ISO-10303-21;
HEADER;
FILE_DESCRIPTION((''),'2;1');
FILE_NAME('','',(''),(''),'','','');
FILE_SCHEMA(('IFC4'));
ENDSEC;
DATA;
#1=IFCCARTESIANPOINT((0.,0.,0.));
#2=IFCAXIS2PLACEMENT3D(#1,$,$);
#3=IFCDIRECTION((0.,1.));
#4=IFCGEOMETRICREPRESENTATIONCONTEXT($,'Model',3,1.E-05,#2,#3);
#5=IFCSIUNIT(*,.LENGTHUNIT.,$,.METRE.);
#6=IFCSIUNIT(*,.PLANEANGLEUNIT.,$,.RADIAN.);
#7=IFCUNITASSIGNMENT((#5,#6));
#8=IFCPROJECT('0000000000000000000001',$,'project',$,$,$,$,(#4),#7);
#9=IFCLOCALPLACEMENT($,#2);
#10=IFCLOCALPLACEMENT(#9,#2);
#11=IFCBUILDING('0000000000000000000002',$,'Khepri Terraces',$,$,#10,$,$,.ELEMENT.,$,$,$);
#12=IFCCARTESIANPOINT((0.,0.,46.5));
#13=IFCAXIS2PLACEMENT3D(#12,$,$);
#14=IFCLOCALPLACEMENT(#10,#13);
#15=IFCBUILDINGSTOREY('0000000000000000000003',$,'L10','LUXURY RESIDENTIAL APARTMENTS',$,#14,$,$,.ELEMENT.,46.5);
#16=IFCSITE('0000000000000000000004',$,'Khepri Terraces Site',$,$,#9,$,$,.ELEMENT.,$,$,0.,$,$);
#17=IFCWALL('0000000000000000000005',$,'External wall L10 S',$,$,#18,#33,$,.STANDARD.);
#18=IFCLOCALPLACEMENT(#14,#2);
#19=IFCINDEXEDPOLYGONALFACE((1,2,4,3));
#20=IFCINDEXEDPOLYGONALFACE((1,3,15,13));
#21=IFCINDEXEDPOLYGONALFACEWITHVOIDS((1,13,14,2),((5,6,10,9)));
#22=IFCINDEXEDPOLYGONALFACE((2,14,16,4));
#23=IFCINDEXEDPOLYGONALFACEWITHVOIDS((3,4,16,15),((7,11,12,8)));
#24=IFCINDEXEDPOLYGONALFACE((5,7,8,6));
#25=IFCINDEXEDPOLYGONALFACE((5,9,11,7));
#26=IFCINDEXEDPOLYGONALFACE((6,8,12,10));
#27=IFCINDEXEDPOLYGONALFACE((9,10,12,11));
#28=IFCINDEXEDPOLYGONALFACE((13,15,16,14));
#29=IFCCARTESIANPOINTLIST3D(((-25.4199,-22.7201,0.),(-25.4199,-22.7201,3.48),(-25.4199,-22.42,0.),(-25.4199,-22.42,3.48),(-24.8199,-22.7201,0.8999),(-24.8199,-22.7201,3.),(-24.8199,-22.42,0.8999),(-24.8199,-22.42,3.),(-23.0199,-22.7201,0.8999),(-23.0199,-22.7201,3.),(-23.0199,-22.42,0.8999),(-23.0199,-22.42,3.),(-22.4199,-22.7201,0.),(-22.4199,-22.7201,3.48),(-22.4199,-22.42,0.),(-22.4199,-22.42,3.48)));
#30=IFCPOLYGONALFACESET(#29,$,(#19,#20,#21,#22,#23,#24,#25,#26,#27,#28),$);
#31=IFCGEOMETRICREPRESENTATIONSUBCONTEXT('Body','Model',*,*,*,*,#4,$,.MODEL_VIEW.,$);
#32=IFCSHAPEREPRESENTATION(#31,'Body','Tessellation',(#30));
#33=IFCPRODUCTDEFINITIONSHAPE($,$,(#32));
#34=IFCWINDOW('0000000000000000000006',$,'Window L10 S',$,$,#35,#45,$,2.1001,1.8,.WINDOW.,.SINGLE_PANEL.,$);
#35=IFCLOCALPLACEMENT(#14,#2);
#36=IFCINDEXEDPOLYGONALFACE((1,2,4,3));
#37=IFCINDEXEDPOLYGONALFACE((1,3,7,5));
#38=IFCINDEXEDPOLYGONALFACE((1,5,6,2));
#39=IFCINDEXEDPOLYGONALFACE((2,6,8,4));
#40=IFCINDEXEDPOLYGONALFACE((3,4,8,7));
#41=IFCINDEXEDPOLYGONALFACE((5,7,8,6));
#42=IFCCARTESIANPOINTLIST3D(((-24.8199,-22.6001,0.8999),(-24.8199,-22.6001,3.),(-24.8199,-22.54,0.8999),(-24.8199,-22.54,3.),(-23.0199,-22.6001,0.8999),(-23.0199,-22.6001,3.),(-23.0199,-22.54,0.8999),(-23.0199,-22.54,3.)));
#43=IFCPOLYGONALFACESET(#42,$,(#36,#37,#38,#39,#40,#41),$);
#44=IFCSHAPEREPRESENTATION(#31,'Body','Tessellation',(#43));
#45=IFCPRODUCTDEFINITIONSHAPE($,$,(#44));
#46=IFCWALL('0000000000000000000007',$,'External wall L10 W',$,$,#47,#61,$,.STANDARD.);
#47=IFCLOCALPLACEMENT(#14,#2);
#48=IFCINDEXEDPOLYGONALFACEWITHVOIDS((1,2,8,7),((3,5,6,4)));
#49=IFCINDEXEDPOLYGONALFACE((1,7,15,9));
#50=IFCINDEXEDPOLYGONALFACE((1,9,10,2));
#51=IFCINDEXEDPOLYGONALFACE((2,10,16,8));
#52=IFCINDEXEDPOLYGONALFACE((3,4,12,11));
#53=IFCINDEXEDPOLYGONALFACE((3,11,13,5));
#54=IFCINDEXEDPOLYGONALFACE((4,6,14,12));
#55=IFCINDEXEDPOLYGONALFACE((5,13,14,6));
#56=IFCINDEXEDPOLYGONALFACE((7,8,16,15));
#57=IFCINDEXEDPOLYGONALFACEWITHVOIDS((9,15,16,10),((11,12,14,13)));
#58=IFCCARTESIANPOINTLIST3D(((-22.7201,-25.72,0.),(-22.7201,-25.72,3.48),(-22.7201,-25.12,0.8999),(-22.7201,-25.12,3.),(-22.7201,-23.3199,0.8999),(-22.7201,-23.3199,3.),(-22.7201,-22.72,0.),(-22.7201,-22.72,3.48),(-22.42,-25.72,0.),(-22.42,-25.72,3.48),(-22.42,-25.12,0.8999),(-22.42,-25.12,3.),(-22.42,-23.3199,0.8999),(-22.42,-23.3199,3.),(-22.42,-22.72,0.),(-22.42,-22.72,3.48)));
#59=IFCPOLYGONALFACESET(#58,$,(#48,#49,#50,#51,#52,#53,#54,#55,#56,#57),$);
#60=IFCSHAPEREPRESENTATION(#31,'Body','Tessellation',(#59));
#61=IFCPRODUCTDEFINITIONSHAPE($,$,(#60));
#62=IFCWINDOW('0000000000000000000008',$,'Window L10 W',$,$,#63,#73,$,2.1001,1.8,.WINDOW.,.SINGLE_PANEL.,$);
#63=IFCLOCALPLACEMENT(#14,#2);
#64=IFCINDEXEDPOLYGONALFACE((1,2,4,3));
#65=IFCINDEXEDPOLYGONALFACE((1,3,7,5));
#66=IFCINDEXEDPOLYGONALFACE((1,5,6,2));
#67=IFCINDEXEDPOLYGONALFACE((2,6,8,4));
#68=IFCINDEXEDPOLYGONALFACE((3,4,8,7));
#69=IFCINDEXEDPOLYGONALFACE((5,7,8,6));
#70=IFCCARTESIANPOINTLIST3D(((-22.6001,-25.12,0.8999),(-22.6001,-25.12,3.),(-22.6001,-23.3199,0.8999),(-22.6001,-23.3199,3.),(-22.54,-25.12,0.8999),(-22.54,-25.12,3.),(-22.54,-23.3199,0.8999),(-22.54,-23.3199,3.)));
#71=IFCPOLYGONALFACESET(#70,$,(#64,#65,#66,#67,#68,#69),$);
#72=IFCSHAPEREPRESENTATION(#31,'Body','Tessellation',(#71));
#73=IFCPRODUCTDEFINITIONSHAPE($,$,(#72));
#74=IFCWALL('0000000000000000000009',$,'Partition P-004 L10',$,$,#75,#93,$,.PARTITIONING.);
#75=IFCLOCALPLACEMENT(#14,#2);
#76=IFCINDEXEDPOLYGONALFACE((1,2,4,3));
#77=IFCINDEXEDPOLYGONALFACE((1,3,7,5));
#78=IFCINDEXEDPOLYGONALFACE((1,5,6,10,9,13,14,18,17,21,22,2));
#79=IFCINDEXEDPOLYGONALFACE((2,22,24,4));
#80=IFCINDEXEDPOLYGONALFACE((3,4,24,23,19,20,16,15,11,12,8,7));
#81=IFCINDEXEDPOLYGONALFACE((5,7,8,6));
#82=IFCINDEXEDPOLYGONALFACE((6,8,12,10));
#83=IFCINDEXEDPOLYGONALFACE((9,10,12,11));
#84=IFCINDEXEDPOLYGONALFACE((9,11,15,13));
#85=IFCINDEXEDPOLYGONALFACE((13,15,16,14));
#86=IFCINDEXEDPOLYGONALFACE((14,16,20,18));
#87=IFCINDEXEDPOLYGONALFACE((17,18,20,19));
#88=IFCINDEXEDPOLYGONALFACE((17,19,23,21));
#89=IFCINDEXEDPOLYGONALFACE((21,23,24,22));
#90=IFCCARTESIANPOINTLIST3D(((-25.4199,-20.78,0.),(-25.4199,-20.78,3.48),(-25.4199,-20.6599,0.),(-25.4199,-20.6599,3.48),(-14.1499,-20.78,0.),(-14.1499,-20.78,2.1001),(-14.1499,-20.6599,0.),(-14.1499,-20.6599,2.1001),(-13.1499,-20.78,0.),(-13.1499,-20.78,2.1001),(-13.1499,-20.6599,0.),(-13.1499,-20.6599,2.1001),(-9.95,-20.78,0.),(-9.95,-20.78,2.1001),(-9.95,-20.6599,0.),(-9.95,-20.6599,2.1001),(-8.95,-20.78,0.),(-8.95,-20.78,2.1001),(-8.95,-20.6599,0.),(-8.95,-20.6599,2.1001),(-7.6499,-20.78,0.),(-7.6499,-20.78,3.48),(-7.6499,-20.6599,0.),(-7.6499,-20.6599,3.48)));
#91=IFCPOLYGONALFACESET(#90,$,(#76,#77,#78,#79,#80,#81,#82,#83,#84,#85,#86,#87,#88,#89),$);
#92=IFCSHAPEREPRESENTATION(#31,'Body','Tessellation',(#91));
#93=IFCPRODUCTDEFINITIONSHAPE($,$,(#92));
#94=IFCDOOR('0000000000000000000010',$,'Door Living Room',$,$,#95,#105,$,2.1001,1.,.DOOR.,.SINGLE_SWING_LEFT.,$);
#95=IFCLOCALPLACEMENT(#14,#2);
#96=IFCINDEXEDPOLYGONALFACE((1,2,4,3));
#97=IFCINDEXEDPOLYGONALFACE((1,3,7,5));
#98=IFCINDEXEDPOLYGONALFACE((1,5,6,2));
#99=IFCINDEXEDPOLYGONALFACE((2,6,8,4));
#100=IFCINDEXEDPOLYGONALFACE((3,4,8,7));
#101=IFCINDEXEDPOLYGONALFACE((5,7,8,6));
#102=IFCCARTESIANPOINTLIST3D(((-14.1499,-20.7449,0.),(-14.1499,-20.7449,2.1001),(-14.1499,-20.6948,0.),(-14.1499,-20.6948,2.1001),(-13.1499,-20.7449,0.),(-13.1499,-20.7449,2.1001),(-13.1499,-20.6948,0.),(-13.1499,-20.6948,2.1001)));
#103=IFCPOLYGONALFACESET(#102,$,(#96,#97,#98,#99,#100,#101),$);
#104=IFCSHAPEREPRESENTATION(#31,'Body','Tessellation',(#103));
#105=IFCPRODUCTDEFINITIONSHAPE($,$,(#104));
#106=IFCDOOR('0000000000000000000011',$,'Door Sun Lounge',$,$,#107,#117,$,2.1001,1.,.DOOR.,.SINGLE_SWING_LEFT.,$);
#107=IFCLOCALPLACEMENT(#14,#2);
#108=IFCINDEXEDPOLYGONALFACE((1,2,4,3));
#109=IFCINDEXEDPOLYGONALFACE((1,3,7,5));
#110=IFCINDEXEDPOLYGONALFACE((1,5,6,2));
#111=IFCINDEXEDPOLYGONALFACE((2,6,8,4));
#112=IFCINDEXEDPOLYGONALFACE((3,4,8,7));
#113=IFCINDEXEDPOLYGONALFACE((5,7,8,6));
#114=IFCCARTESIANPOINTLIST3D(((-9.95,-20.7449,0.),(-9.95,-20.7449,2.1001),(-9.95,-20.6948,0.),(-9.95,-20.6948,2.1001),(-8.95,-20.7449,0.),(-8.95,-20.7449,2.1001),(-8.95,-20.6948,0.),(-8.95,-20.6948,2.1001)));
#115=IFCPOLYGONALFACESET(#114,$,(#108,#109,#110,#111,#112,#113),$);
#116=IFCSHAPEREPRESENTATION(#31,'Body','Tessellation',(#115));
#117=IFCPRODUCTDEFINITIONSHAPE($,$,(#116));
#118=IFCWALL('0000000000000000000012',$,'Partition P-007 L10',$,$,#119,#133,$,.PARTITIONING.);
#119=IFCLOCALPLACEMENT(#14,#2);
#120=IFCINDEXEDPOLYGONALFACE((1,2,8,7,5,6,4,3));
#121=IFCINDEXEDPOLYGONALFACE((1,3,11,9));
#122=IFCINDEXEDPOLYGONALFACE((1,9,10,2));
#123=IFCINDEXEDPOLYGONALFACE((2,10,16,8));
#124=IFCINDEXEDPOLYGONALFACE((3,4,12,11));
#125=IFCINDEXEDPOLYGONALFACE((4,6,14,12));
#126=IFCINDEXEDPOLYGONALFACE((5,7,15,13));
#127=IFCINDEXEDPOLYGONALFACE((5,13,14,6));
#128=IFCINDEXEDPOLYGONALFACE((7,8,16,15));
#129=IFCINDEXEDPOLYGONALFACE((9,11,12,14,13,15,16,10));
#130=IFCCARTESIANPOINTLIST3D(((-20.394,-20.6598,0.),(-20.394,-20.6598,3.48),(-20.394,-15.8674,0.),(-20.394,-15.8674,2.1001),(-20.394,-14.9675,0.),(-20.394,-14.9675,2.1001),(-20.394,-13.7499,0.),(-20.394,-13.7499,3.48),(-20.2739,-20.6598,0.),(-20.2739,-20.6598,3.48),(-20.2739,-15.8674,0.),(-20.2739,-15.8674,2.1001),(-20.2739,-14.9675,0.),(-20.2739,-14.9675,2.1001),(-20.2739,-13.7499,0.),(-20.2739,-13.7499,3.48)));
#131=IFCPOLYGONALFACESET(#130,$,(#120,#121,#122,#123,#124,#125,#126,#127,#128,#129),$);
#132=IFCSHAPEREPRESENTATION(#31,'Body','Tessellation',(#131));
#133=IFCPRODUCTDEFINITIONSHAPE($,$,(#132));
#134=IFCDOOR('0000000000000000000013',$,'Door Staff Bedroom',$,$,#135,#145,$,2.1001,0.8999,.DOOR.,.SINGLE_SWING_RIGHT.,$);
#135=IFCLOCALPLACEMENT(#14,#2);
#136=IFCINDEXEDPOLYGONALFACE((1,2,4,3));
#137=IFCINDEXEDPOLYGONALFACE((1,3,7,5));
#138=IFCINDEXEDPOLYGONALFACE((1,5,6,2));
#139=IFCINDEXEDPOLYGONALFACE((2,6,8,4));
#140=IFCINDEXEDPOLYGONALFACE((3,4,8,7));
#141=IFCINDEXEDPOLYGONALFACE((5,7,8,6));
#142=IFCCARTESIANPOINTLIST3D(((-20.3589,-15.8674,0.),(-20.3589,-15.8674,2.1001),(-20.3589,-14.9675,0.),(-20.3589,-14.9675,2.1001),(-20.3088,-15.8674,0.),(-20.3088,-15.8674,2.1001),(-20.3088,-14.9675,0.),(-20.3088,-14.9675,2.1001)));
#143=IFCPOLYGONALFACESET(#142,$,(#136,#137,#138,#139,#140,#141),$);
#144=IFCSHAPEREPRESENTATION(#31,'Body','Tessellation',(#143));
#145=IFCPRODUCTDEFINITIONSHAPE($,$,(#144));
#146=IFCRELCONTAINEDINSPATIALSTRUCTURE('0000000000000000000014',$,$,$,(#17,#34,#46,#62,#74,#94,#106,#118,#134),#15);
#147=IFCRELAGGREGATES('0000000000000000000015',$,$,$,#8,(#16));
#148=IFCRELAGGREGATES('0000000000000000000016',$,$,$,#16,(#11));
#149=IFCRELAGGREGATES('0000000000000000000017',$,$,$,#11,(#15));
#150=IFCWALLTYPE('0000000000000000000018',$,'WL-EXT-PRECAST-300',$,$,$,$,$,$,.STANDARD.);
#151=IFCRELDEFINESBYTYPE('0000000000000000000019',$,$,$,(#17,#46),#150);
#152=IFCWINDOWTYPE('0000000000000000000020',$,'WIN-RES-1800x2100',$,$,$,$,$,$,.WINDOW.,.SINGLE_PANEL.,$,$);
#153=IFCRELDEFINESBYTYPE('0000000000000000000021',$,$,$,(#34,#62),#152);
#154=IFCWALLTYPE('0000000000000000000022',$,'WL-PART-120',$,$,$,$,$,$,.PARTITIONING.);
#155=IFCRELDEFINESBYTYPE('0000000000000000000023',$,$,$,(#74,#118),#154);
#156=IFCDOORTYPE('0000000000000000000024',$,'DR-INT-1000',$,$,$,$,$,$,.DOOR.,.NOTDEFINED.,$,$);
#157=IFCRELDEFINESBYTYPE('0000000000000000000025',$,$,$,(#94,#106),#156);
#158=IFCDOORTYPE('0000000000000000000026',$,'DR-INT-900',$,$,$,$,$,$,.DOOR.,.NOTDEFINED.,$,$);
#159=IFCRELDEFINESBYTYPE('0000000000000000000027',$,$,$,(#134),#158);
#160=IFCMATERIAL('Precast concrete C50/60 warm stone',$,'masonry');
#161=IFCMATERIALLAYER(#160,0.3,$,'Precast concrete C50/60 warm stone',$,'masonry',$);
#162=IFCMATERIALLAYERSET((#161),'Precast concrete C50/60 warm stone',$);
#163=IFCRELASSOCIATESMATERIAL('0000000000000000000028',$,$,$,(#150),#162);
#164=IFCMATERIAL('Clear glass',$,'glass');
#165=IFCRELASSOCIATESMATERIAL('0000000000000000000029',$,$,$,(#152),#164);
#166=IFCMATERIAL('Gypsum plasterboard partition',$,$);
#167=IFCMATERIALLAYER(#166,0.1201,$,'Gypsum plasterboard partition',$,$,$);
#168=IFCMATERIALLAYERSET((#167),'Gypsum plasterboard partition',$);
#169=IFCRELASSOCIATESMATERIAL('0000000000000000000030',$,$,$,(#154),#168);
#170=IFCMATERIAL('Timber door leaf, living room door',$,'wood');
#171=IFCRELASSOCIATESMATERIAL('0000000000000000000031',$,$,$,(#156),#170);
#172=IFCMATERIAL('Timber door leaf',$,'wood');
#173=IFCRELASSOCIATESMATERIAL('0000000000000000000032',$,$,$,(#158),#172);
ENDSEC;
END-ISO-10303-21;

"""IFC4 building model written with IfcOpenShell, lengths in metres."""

from ifc_helpers import new_model, si_unit, direction, frame, frame_2d, origin, place, context, subcontext, project, spatial, rectangle, extrude, material, layer, layer_set, type_object, element, fill, save


model = new_model("IFC4")

# Units and contexts
model_context = context("Model", 3, precision=1e-05, world=origin(), true_north=direction((0.0, 1.0)))
body_context = subcontext(model_context, "Body", "Model", "MODEL_VIEW")
ifc_project = project(units=[si_unit("LENGTHUNIT", "METRE"), si_unit("PLANEANGLEUNIT", "RADIAN")], contexts=[model_context])

# Site, building, storey
site_placement = place(None, origin())
site = spatial("IfcSite", under=ifc_project, at=site_placement, Name="Khepri Terraces Site", CompositionType="ELEMENT", RefElevation=0.0)
building_placement = place(site_placement, origin())
building = spatial("IfcBuilding", under=site, at=building_placement, Name="Khepri Terraces", CompositionType="ELEMENT")
storey_placement = place(building_placement, frame((0.0, 0.0, 46.5)))
storey = spatial("IfcBuildingStorey", under=building, at=storey_placement, Name="L10", Description="LUXURY RESIDENTIAL APARTMENTS", CompositionType="ELEMENT", Elevation=46.5)

# Walls, openings, windows
ifc_material_1 = material(Name="Precast concrete C50/60 warm stone", Category="masonry")
ifc_layer_1 = layer(ifc_material_1, 0.3, Name="Precast concrete C50/60 warm stone", Category="masonry")
ifc_layer_set_1 = layer_set([ifc_layer_1], Name="Precast concrete C50/60 warm stone")
wall_type_1 = type_object("IfcWallType", Name="WL-EXT-PRECAST-300", PredefinedType="STANDARD", material=ifc_layer_set_1)
wall_1_placement = place(storey_placement, frame((-25.4199, -22.5701, 0.0), z_axis=(0.0, 0.0, 1.0), x_axis=(1.0, 0.0, 0.0)))
wall_1 = element("IfcWall", 1, at=wall_1_placement, inside=storey, type_object=wall_type_1, Name="External wall L10 S", PredefinedType="STANDARD", context=body_context, shape_type="SweptSolid", body=[
    extrude(rectangle(XDim=3.0, YDim=0.3, at=frame_2d((1.5, 0.0))), origin(), (0.0, 0.0, 1.0), 3.48),
])
opening_1_placement = place(wall_1_placement, frame((0.6001, 0.0, 0.8999)))
opening_1 = element("IfcOpeningElement", 2, at=opening_1_placement, cuts=wall_1, PredefinedType="OPENING", context=body_context, shape_type="SweptSolid", body=[
    extrude(rectangle(XDim=1.8, YDim=2.1001, at=frame_2d((0.8999, 1.05))), frame((0.0, 0.1602, 0.0), z_axis=(0.0, -1.0, 0.0), x_axis=(1.0, 0.0, 0.0)), (0.0, 0.0, 1.0), 0.3201),
])
ifc_material_2 = material(Name="Clear glass", Category="glass")
window_type = type_object("IfcWindowType", Name="WIN-RES-1800x2100", PartitioningType="SINGLE_PANEL", PredefinedType="WINDOW", material=ifc_material_2)
window_1_placement = place(opening_1_placement, origin())
window_1 = element("IfcWindow", 3, at=window_1_placement, inside=storey, type_object=window_type, Name="Window L10 S", OverallHeight=2.1001, OverallWidth=1.8, PartitioningType="SINGLE_PANEL", PredefinedType="WINDOW", context=body_context, shape_type="SweptSolid", body=[
    extrude(rectangle(XDim=1.8, YDim=2.1001, at=frame_2d((0.8999, 1.05))), frame((0.0, 0.03, 0.0), z_axis=(0.0, -1.0, 0.0), x_axis=(1.0, 0.0, 0.0)), (0.0, 0.0, 1.0), 0.0601),
])
fill(opening_1, window_1)
wall_2_placement = place(storey_placement, frame((-22.5701, -22.72, 0.0), z_axis=(0.0, 0.0, 1.0), x_axis=(0.0, -1.0, 0.0)))
wall_2 = element("IfcWall", 4, at=wall_2_placement, inside=storey, type_object=wall_type_1, Name="External wall L10 W", PredefinedType="STANDARD", context=body_context, shape_type="SweptSolid", body=[
    extrude(rectangle(XDim=3.0, YDim=0.3, at=frame_2d((1.5, 0.0))), origin(), (0.0, 0.0, 1.0), 3.48),
])
opening_2_placement = place(wall_2_placement, frame((0.6001, 0.0, 0.8999)))
opening_2 = element("IfcOpeningElement", 5, at=opening_2_placement, cuts=wall_2, PredefinedType="OPENING", context=body_context, shape_type="SweptSolid", body=[
    extrude(rectangle(XDim=1.8, YDim=2.1001, at=frame_2d((0.8999, 1.05))), frame((0.0, 0.1602, 0.0), z_axis=(0.0, -1.0, 0.0), x_axis=(1.0, 0.0, 0.0)), (0.0, 0.0, 1.0), 0.3201),
])
window_2_placement = place(opening_2_placement, origin())
window_2 = element("IfcWindow", 6, at=window_2_placement, inside=storey, type_object=window_type, Name="Window L10 W", OverallHeight=2.1001, OverallWidth=1.8, PartitioningType="SINGLE_PANEL", PredefinedType="WINDOW", context=body_context, shape_type="SweptSolid", body=[
    extrude(rectangle(XDim=1.8, YDim=2.1001, at=frame_2d((0.8999, 1.05))), frame((0.0, 0.03, 0.0), z_axis=(0.0, -1.0, 0.0), x_axis=(1.0, 0.0, 0.0)), (0.0, 0.0, 1.0), 0.0601),
])
fill(opening_2, window_2)

# Wall, openings, doors
ifc_material_3 = material(Name="Gypsum plasterboard partition")
ifc_layer_2 = layer(ifc_material_3, 0.1201, Name="Gypsum plasterboard partition")
ifc_layer_set_2 = layer_set([ifc_layer_2], Name="Gypsum plasterboard partition")
wall_type_2 = type_object("IfcWallType", Name="WL-PART-120", PredefinedType="PARTITIONING", material=ifc_layer_set_2)
wall_3_placement = place(storey_placement, frame((-25.4199, -20.72, 0.0), z_axis=(0.0, 0.0, 1.0), x_axis=(1.0, 0.0, 0.0)))
wall_3 = element("IfcWall", 7, at=wall_3_placement, inside=storey, type_object=wall_type_2, Name="Partition P-004 L10", PredefinedType="PARTITIONING", context=body_context, shape_type="SweptSolid", body=[
    extrude(rectangle(XDim=17.77, YDim=0.1201, at=frame_2d((8.885, 0.0))), origin(), (0.0, 0.0, 1.0), 3.48),
])
opening_3_placement = place(wall_3_placement, frame((11.27, 0.0, 0.0)))
opening_3 = element("IfcOpeningElement", 8, at=opening_3_placement, cuts=wall_3, PredefinedType="OPENING", context=body_context, shape_type="SweptSolid", body=[
    extrude(rectangle(XDim=1.0, YDim=2.1001, at=frame_2d((0.5, 1.05))), frame((0.0, 0.0701, 0.0), z_axis=(0.0, -1.0, 0.0), x_axis=(1.0, 0.0, 0.0)), (0.0, 0.0, 1.0), 0.1401),
])
opening_4_placement = place(wall_3_placement, frame((15.47, 0.0, 0.0)))
opening_4 = element("IfcOpeningElement", 9, at=opening_4_placement, cuts=wall_3, PredefinedType="OPENING", context=body_context, shape_type="SweptSolid", body=[
    extrude(rectangle(XDim=1.0, YDim=2.1001, at=frame_2d((0.5, 1.05))), frame((0.0, 0.0701, 0.0), z_axis=(0.0, -1.0, 0.0), x_axis=(1.0, 0.0, 0.0)), (0.0, 0.0, 1.0), 0.1401),
])
ifc_material_4 = material(Name="Timber door leaf, living room door", Category="wood")
door_type_1 = type_object("IfcDoorType", Name="DR-INT-1000", OperationType="NOTDEFINED", PredefinedType="DOOR", material=ifc_material_4)
door_1_placement = place(opening_3_placement, frame((1.0, 0.0, 0.0), z_axis=(0.0, 0.0, 1.0), x_axis=(-1.0, 0.0, 0.0)))
door_1 = element("IfcDoor", 10, at=door_1_placement, inside=storey, type_object=door_type_1, Name="Door Living Room", OperationType="SINGLE_SWING_LEFT", OverallHeight=2.1001, OverallWidth=1.0, PredefinedType="DOOR", context=body_context, shape_type="SweptSolid", body=[
    extrude(rectangle(XDim=1.0, YDim=2.1001, at=frame_2d((0.5, 1.05))), frame((0.0, 0.0249, 0.0), z_axis=(0.0, -1.0, 0.0), x_axis=(1.0, 0.0, 0.0)), (0.0, 0.0, 1.0), 0.05),
])
fill(opening_3, door_1)
door_2_placement = place(opening_4_placement, frame((1.0, 0.0, 0.0), z_axis=(0.0, 0.0, 1.0), x_axis=(-1.0, 0.0, 0.0)))
door_2 = element("IfcDoor", 11, at=door_2_placement, inside=storey, type_object=door_type_1, Name="Door Sun Lounge", OperationType="SINGLE_SWING_LEFT", OverallHeight=2.1001, OverallWidth=1.0, PredefinedType="DOOR", context=body_context, shape_type="SweptSolid", body=[
    extrude(rectangle(XDim=1.0, YDim=2.1001, at=frame_2d((0.5, 1.05))), frame((0.0, 0.0249, 0.0), z_axis=(0.0, -1.0, 0.0), x_axis=(1.0, 0.0, 0.0)), (0.0, 0.0, 1.0), 0.05),
])
fill(opening_4, door_2)

# Wall, opening, door
wall_4_placement = place(storey_placement, frame((-20.334, -20.6599, 0.0), z_axis=(0.0, 0.0, 1.0), x_axis=(0.0, 1.0, 0.0)))
wall_4 = element("IfcWall", 12, at=wall_4_placement, inside=storey, type_object=wall_type_2, Name="Partition P-007 L10", PredefinedType="PARTITIONING", context=body_context, shape_type="SweptSolid", body=[
    extrude(rectangle(XDim=6.9099, YDim=0.1201, at=frame_2d((3.4551, 0.0))), origin(), (0.0, 0.0, 1.0), 3.48),
])
opening_5_placement = place(wall_4_placement, frame((4.7925, 0.0, 0.0)))
opening_5 = element("IfcOpeningElement", 13, at=opening_5_placement, cuts=wall_4, PredefinedType="OPENING", context=body_context, shape_type="SweptSolid", body=[
    extrude(rectangle(XDim=0.8999, YDim=2.1001, at=frame_2d((0.45, 1.05))), frame((0.0, 0.0701, 0.0), z_axis=(0.0, -1.0, 0.0), x_axis=(1.0, 0.0, 0.0)), (0.0, 0.0, 1.0), 0.1401),
])
ifc_material_5 = material(Name="Timber door leaf", Category="wood")
door_type_2 = type_object("IfcDoorType", Name="DR-INT-900", OperationType="NOTDEFINED", PredefinedType="DOOR", material=ifc_material_5)
door_3_placement = place(opening_5_placement, origin())
door_3 = element("IfcDoor", 14, at=door_3_placement, inside=storey, type_object=door_type_2, Name="Door Staff Bedroom", OperationType="SINGLE_SWING_RIGHT", OverallHeight=2.1001, OverallWidth=0.8999, PredefinedType="DOOR", context=body_context, shape_type="SweptSolid", body=[
    extrude(rectangle(XDim=0.8999, YDim=2.1001, at=frame_2d((0.45, 1.05))), frame((0.0, 0.0249, 0.0), z_axis=(0.0, -1.0, 0.0), x_axis=(1.0, 0.0, 0.0)), (0.0, 0.0, 1.0), 0.05),
])
fill(opening_5, door_3)

save(model, "model.ifc")
